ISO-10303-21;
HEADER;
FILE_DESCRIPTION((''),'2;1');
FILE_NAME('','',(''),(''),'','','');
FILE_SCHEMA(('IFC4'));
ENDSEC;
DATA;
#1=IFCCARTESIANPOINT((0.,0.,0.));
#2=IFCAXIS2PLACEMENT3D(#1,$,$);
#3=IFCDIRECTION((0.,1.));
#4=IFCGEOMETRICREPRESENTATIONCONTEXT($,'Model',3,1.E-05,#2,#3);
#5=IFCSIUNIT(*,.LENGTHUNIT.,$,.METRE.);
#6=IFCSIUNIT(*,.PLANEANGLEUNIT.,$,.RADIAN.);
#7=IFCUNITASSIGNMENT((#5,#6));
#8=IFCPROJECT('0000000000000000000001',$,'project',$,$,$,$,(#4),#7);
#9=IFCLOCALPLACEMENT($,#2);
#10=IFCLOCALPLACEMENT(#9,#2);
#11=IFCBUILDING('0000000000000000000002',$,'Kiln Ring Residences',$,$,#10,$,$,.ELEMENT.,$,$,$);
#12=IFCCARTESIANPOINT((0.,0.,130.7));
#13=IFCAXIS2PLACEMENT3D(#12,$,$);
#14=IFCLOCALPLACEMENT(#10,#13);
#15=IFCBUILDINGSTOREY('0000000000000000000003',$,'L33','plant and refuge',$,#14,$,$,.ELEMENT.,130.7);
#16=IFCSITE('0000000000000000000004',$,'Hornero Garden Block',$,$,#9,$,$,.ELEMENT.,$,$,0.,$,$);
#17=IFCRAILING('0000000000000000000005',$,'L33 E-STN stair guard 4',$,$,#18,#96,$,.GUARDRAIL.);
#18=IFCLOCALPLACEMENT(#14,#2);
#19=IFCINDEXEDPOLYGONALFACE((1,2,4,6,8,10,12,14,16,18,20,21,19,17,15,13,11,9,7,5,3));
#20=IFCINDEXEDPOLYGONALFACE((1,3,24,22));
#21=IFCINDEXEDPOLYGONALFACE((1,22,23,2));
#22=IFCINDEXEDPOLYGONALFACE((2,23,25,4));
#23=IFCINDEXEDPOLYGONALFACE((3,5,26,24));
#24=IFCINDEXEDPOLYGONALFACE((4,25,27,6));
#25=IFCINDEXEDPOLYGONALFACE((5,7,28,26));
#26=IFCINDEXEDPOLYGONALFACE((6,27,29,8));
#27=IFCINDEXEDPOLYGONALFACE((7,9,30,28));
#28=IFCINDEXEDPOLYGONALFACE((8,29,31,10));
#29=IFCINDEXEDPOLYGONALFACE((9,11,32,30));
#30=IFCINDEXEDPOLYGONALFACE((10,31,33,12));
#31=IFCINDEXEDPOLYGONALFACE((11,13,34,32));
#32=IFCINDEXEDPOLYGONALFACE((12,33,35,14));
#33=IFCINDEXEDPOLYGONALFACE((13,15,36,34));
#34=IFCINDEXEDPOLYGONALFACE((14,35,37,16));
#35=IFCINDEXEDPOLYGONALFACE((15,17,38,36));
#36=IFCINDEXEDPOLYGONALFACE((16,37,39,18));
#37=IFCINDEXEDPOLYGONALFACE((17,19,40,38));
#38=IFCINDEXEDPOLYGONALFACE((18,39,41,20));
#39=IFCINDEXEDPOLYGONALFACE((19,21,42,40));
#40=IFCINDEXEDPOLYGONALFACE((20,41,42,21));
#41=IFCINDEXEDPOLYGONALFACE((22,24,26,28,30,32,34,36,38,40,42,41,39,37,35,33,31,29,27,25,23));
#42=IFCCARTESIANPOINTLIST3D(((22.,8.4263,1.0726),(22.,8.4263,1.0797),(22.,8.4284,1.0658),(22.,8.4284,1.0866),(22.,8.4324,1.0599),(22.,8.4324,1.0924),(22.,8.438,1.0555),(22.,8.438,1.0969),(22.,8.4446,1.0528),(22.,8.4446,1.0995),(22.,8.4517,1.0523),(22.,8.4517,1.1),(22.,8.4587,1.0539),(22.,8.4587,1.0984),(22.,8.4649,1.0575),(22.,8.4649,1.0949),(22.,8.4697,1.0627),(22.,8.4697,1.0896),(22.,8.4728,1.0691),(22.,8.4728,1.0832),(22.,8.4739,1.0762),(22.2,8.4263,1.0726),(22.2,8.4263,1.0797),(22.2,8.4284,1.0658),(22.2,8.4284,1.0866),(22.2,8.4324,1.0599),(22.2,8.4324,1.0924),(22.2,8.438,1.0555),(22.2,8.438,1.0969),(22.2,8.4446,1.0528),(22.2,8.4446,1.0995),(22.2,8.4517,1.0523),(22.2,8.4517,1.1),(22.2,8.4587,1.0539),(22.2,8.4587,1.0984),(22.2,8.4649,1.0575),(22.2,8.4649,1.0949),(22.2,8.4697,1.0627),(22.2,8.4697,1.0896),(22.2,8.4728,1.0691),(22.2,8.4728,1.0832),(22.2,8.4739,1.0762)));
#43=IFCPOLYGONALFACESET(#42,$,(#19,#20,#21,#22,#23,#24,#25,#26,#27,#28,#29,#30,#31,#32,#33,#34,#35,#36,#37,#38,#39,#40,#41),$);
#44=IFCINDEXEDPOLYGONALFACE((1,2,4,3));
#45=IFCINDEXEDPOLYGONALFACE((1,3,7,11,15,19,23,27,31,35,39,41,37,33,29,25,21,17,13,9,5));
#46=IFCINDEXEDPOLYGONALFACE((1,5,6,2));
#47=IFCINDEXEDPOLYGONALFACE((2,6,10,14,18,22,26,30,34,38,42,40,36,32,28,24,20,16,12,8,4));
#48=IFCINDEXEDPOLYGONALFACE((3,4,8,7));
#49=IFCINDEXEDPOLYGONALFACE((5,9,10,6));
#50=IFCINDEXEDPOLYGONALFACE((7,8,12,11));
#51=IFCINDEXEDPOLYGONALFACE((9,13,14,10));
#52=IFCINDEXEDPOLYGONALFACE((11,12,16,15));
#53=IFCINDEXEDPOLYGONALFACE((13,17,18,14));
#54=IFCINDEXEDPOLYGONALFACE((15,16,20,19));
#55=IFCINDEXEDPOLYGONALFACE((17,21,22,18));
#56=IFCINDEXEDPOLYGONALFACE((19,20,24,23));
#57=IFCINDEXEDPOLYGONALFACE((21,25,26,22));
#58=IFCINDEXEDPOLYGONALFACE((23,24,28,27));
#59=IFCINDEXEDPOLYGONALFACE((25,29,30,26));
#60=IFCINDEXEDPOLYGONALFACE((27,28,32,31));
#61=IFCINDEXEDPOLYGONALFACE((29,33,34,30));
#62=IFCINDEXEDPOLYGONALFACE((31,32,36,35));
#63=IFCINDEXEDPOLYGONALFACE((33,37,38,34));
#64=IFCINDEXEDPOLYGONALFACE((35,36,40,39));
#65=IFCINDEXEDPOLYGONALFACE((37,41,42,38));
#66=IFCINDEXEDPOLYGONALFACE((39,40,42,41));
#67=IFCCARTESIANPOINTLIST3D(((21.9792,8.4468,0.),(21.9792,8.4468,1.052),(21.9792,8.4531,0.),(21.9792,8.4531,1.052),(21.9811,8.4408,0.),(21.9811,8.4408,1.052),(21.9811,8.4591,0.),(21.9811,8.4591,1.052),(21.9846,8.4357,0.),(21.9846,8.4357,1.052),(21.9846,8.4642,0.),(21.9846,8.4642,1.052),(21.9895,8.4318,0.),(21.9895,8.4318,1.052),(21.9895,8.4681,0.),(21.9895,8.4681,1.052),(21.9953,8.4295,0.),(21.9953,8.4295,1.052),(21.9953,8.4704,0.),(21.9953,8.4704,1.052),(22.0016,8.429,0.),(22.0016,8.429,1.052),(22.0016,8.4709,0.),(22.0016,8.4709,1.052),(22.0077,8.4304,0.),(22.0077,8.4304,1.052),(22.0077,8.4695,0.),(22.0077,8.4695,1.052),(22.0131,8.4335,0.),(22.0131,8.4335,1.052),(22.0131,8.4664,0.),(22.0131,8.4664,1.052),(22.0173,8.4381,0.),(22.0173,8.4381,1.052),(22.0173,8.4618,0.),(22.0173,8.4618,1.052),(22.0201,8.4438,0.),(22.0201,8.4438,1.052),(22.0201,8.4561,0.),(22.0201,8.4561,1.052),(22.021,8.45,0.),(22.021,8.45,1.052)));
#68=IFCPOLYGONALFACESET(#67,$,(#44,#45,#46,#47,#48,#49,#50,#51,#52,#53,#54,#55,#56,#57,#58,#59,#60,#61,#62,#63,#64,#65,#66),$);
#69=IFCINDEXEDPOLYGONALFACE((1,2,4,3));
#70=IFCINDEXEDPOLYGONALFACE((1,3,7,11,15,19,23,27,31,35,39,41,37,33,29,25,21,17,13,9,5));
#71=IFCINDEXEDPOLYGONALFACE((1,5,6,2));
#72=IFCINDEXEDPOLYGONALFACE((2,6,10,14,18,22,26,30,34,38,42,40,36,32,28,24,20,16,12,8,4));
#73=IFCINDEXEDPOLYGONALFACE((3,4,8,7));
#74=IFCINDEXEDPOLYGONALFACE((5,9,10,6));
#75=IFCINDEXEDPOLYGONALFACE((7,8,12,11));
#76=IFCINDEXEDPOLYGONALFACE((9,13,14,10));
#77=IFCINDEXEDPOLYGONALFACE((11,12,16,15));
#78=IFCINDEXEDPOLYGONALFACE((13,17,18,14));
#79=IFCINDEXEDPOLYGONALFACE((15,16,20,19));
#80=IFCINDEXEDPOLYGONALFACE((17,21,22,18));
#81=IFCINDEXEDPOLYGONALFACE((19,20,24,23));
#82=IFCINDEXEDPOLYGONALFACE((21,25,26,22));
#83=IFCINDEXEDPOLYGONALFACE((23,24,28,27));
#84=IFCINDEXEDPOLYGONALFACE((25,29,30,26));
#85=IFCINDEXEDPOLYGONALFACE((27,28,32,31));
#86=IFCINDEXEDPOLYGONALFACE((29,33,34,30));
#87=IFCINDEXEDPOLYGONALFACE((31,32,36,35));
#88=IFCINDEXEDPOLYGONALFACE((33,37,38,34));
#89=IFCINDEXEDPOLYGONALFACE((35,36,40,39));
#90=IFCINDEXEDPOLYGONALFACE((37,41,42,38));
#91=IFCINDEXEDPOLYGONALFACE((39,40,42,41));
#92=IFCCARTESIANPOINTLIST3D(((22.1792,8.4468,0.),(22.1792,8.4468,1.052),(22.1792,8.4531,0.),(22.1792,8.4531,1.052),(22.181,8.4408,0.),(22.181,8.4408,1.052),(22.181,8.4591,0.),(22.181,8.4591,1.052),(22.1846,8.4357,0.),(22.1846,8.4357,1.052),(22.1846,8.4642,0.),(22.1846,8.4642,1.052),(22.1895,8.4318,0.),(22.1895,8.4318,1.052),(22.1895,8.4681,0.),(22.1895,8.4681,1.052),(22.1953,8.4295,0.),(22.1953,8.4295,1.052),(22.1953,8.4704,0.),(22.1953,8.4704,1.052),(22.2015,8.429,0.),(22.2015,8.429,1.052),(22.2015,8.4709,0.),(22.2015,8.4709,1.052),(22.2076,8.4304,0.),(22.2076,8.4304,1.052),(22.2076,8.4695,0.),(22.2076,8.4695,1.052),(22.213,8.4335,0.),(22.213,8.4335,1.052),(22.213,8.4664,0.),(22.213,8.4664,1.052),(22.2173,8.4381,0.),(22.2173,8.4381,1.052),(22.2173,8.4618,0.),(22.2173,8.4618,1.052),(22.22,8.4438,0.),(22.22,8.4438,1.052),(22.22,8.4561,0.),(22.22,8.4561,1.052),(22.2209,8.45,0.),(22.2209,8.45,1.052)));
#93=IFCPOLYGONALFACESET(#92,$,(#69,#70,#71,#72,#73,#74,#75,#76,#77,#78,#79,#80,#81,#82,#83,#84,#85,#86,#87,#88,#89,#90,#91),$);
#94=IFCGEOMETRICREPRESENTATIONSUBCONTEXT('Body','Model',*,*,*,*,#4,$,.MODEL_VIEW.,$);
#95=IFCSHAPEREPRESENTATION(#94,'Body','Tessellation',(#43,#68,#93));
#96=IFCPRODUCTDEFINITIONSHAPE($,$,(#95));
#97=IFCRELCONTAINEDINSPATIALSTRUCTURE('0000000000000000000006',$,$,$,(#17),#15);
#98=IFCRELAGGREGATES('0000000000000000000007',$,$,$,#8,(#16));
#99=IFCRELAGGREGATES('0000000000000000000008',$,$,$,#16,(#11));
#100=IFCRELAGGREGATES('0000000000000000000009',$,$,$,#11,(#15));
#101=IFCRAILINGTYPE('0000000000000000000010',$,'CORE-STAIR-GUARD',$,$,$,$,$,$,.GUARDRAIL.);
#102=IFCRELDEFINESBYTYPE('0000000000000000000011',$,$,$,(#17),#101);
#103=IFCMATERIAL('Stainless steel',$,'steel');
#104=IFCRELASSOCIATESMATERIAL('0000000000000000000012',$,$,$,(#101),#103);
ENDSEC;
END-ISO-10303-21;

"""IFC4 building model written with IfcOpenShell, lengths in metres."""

from ifc_helpers import new_model, si_unit, direction, frame, origin, origin_2d, place, context, subcontext, project, spatial, circle, extrude, material, type_object, element, save


model = new_model("IFC4")

# Units and contexts
model_context = context("Model", 3, precision=1e-05, world=origin(), true_north=direction((0.0, 1.0)))
body_context = subcontext(model_context, "Body", "Model", "MODEL_VIEW")
ifc_project = project(units=[si_unit("LENGTHUNIT", "METRE"), si_unit("PLANEANGLEUNIT", "RADIAN")], contexts=[model_context])

# Site, building, storey
site_placement = place(None, origin())
site = spatial("IfcSite", under=ifc_project, at=site_placement, Name="Hornero Garden Block", CompositionType="ELEMENT", RefElevation=0.0)
building_placement = place(site_placement, origin())
building = spatial("IfcBuilding", under=site, at=building_placement, Name="Kiln Ring Residences", CompositionType="ELEMENT")
storey_placement = place(building_placement, frame((0.0, 0.0, 130.7)))
storey = spatial("IfcBuildingStorey", under=building, at=storey_placement, Name="L33", Description="plant and refuge", CompositionType="ELEMENT", Elevation=130.7)

# Railing
ifc_material_1 = material(Name="Stainless steel", Category="steel")
railing_type_1 = type_object("IfcRailingType", Name="CORE-STAIR-GUARD", PredefinedType="GUARDRAIL", material=ifc_material_1)
railing_1_placement = place(storey_placement, frame((22.0, 8.45, 0.0)))
element("IfcRailing", 1, at=railing_1_placement, inside=storey, type_object=railing_type_1, Name="L33 E-STN stair guard 4", PredefinedType="GUARDRAIL", context=body_context, shape_type="SweptSolid", body=[
    extrude(circle(Radius=0.0239, at=origin_2d()), frame((0.0, 0.0, 1.0762), z_axis=(1.0, 0.0, 0.0), x_axis=(0.0, 1.0, 0.0)), (0.0, 0.0, 1.0), 0.2),
    extrude(circle(Radius=0.021, at=origin_2d()), origin(), (0.0, 0.0, 1.0), 1.052),
    extrude(circle(Radius=0.021, at=origin_2d()), frame((0.2, 0.0, 0.0)), (0.0, 0.0, 1.0), 1.052),
])

save(model, "model.ifc")
